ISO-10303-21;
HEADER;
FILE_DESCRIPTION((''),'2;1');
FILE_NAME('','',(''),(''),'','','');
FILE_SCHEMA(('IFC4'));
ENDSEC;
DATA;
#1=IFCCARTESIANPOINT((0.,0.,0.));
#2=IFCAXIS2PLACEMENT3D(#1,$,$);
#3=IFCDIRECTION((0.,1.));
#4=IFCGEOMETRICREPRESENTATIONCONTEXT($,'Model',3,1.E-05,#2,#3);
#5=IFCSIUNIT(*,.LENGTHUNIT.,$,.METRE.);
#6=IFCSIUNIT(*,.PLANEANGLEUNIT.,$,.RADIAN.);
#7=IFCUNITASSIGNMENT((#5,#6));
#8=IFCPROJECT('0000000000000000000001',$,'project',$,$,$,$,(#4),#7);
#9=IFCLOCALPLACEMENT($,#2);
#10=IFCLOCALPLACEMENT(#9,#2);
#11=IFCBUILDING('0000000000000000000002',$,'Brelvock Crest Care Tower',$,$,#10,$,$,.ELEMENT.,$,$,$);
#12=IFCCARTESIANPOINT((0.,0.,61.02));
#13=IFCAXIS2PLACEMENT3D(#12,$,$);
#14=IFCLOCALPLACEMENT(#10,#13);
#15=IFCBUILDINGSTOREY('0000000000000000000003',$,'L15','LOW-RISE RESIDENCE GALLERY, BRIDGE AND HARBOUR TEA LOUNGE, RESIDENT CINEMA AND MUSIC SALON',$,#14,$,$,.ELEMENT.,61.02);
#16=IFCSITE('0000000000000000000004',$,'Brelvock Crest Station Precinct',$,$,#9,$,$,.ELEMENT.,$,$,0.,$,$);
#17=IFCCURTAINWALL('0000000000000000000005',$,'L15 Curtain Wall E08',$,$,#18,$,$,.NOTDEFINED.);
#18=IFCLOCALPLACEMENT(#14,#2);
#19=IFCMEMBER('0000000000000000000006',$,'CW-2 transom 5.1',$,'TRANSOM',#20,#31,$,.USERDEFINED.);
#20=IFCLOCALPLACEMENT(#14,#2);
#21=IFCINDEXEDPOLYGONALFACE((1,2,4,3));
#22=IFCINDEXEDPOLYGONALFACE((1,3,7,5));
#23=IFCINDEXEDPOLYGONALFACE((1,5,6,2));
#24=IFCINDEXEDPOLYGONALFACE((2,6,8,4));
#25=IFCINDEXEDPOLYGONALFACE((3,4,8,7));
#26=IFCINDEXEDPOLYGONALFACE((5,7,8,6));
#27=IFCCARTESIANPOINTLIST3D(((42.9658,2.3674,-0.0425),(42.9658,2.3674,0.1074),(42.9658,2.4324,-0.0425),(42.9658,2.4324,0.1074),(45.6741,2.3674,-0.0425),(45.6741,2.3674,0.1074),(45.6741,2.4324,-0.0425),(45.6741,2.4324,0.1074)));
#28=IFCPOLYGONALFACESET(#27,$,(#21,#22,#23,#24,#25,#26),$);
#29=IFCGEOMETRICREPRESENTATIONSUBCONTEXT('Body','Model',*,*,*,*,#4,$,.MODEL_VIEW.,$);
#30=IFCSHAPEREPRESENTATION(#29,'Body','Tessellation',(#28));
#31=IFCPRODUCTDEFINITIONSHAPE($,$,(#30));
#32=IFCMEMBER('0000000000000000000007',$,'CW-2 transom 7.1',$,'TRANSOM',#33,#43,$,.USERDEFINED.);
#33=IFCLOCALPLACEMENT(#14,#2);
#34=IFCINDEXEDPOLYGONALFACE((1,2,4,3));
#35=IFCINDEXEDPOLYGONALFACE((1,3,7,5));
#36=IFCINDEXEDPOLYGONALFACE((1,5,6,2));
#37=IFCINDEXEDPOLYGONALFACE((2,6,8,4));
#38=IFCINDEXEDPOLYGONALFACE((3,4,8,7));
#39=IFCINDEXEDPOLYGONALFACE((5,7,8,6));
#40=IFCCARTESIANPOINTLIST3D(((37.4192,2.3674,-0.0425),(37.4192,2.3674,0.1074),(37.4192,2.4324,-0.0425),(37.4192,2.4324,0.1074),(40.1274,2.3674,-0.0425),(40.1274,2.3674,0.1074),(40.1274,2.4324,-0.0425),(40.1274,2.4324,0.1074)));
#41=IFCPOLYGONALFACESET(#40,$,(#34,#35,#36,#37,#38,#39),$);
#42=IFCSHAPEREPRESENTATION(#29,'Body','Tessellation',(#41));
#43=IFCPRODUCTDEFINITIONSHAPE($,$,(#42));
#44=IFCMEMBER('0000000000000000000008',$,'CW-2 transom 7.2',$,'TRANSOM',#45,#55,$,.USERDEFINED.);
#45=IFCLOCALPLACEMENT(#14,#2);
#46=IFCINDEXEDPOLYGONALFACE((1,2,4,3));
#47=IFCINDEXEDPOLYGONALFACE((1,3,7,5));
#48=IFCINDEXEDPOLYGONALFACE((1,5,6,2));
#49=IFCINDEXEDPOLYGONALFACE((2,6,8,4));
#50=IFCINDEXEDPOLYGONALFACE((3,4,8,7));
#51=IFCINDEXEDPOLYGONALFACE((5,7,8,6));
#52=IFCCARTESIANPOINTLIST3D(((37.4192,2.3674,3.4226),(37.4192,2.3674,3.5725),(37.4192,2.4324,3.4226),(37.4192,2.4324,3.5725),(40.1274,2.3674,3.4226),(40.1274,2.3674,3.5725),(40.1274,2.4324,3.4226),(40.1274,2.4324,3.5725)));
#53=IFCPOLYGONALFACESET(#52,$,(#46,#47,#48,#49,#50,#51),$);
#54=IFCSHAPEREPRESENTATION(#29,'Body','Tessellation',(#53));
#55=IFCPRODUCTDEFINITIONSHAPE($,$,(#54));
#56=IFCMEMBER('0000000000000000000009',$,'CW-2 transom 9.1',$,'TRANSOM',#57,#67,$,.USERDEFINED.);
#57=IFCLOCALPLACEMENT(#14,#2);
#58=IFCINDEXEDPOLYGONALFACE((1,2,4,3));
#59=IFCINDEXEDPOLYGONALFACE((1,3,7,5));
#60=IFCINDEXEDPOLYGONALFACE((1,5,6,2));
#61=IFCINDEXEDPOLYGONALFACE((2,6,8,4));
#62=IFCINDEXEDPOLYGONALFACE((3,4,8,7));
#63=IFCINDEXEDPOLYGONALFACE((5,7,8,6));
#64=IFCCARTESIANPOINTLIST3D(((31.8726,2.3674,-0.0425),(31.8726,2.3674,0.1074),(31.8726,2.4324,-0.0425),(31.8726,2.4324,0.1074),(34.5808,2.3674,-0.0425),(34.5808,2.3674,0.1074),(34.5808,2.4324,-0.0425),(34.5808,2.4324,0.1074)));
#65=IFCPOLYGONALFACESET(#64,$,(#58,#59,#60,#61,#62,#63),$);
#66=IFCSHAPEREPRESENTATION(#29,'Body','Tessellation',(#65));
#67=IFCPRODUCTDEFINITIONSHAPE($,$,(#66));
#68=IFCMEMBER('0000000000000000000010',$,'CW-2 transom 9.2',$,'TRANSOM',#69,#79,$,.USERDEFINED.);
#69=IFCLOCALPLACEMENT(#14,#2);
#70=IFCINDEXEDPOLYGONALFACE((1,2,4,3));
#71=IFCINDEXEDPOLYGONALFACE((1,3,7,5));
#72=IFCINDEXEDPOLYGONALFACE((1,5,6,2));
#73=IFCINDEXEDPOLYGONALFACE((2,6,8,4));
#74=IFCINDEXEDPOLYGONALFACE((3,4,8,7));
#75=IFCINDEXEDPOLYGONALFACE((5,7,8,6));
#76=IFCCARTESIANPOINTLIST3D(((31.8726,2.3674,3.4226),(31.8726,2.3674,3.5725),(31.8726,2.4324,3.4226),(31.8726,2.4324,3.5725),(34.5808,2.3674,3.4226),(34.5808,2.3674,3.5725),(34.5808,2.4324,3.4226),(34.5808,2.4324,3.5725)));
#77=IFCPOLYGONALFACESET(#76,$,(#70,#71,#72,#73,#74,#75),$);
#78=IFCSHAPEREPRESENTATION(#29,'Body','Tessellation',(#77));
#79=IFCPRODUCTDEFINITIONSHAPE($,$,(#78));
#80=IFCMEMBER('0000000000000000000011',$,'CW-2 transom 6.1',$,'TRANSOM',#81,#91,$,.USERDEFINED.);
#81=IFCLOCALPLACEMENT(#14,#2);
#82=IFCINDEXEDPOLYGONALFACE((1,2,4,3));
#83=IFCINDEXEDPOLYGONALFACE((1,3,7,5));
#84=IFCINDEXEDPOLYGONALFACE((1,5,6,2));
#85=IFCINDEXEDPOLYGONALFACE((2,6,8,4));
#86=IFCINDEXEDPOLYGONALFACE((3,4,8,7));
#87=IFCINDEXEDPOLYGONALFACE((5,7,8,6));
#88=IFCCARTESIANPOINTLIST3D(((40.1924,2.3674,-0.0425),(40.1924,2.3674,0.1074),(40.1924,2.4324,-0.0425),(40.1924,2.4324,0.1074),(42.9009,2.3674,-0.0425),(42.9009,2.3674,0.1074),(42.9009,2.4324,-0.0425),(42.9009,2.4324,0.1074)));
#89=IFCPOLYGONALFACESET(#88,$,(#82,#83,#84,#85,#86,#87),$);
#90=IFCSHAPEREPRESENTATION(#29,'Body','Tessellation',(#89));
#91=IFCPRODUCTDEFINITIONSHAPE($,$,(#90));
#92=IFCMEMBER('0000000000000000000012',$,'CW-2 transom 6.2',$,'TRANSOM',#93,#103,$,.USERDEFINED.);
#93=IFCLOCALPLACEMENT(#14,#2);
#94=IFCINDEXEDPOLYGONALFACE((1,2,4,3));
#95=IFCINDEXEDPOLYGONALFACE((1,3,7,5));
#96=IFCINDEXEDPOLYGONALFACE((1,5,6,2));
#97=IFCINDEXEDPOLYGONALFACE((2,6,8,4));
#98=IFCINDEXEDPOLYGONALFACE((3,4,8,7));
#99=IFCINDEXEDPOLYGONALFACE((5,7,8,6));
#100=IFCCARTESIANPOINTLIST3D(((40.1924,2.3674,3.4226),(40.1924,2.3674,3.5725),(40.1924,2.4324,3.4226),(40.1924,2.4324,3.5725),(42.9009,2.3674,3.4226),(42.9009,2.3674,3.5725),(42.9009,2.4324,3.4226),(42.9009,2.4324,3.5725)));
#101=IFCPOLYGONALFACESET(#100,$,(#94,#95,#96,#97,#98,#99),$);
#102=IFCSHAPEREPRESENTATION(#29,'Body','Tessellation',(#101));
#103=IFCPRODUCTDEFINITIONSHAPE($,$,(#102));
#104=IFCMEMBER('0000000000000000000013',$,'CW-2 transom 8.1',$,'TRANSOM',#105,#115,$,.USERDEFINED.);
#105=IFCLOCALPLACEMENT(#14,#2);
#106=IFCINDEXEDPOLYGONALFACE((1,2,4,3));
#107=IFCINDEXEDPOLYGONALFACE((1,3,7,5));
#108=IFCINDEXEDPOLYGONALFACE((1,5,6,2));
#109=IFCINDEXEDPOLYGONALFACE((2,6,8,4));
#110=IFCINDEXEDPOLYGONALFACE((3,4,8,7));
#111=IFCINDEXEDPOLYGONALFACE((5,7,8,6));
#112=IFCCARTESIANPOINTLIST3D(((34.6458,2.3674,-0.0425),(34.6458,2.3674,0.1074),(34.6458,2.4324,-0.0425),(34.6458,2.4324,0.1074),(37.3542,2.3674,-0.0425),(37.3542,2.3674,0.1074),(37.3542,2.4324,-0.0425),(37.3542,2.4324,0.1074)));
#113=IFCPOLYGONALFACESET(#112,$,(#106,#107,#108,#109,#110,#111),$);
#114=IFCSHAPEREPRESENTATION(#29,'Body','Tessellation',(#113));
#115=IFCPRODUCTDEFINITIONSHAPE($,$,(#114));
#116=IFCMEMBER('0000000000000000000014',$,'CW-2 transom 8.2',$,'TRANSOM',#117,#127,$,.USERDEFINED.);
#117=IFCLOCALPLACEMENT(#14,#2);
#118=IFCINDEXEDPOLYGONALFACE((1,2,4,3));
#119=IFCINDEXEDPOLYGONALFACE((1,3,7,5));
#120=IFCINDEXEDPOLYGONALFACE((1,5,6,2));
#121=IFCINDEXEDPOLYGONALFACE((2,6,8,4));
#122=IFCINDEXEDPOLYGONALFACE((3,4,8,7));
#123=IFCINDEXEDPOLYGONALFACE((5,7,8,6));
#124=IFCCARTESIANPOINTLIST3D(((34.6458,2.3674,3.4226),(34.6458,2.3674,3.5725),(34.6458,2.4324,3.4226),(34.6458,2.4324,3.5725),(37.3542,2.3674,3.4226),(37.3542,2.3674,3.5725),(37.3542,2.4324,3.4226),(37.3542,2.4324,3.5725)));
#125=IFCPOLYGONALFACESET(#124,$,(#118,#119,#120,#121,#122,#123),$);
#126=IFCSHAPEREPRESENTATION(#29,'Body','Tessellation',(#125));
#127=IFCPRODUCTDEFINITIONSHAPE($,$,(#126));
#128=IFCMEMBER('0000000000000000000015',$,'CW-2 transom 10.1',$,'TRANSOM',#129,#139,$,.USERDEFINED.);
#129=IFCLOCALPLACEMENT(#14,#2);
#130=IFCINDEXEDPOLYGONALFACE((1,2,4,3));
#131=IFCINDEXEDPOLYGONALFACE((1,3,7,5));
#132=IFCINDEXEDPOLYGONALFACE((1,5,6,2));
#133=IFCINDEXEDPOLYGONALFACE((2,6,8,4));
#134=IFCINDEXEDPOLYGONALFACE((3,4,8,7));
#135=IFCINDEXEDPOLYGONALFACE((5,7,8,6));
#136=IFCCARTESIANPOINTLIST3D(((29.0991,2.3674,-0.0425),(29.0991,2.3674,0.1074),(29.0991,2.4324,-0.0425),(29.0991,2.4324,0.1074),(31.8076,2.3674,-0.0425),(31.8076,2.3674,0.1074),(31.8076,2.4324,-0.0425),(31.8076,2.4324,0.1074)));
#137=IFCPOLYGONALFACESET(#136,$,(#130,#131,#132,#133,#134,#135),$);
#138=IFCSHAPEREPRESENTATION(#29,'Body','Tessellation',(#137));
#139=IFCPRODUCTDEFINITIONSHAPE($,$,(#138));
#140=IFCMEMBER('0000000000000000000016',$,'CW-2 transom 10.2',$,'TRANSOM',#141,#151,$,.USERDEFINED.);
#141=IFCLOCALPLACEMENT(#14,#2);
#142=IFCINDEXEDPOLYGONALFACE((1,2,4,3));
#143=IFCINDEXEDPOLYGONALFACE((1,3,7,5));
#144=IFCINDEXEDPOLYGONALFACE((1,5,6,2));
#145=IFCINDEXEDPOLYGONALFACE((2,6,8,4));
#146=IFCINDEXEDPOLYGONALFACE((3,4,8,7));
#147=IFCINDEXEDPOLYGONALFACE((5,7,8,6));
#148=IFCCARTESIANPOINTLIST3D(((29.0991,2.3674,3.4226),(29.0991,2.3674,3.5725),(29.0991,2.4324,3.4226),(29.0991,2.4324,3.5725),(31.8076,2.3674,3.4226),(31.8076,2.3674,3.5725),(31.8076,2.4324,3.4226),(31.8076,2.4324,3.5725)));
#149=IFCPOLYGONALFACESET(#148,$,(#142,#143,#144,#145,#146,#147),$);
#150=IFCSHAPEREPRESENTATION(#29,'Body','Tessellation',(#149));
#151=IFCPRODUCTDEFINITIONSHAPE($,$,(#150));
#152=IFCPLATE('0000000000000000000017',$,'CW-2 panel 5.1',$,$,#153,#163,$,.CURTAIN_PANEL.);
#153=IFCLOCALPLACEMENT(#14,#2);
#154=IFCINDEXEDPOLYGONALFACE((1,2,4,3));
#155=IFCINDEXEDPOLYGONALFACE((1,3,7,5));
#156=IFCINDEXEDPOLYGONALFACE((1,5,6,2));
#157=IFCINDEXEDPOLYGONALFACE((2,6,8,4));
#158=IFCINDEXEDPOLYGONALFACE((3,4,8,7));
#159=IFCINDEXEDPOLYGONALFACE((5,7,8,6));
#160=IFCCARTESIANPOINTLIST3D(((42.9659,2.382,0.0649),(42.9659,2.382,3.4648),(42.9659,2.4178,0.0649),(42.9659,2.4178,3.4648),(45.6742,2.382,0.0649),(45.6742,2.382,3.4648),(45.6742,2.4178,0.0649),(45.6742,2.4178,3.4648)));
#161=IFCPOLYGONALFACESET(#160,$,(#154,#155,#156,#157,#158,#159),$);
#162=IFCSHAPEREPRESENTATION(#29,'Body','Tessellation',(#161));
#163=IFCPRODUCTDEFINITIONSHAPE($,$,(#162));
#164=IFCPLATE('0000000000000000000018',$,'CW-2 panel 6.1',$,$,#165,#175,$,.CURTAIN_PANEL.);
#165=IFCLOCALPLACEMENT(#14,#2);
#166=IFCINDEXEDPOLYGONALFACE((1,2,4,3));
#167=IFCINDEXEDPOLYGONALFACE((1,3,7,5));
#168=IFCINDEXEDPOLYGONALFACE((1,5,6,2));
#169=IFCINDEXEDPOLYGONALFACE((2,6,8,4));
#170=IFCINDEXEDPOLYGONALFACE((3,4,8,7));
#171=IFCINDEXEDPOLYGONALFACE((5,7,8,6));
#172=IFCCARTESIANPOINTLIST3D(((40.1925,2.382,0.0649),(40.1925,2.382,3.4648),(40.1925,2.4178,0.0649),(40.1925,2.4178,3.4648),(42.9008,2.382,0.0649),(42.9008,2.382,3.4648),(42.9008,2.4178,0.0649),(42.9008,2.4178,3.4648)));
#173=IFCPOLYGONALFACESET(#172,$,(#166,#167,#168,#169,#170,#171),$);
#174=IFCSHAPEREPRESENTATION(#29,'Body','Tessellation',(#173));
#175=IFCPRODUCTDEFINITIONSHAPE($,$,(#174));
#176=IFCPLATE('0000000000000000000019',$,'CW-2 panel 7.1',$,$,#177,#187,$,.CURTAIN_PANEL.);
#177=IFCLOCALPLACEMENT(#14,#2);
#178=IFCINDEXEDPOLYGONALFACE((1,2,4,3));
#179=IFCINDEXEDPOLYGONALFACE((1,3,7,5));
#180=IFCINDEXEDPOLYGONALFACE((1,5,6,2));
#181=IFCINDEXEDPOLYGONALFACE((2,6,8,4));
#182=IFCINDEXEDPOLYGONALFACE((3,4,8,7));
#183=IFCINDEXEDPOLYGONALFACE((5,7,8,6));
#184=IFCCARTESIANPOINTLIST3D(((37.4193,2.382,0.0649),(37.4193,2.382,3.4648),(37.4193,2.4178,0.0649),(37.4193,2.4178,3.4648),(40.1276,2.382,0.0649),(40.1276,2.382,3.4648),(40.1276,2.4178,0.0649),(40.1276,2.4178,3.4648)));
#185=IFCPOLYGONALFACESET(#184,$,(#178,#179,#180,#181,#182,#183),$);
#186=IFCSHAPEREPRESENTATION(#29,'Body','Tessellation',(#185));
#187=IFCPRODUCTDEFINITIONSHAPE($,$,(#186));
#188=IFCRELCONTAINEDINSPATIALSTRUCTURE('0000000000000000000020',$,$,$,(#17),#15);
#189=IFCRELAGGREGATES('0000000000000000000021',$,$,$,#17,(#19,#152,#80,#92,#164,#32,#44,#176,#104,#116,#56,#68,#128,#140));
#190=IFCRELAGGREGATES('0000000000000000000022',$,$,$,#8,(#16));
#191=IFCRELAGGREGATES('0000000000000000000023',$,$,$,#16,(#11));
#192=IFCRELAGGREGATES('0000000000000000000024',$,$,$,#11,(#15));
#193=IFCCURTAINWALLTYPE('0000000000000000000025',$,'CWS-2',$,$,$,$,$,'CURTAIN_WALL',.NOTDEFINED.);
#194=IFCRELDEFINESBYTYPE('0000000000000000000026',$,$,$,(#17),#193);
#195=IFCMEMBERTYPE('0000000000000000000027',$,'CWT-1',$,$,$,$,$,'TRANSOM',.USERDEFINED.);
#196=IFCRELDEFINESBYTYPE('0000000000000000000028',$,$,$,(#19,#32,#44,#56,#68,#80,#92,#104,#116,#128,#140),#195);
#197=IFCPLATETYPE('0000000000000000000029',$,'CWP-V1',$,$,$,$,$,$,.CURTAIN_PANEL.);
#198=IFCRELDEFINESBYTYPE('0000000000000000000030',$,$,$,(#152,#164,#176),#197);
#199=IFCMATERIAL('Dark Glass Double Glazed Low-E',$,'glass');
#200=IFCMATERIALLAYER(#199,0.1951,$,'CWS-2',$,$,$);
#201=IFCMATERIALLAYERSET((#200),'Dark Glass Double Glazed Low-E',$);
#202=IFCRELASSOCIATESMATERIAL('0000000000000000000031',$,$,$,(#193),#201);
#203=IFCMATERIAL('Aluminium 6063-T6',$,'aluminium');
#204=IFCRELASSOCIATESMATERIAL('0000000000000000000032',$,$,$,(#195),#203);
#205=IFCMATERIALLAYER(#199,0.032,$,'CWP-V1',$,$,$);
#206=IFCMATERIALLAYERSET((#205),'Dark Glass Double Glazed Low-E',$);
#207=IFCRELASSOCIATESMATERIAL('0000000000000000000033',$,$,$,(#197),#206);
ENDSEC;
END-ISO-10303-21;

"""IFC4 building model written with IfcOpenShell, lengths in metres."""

from ifc_helpers import new_model, si_unit, direction, frame, origin, origin_2d, place, context, subcontext, project, spatial, rectangle, extrude, source, transform, mapped, material, layer, layer_set, material_profile, profile_set, type_object, element, aggregate, save


model = new_model("IFC4")

# Units and contexts
model_context = context("Model", 3, precision=1e-05, world=origin(), true_north=direction((0.0, 1.0)))
body_context = subcontext(model_context, "Body", "Model", "MODEL_VIEW")
ifc_project = project(units=[si_unit("LENGTHUNIT", "METRE"), si_unit("PLANEANGLEUNIT", "RADIAN")], contexts=[model_context])

# Site, building, storey
site_placement = place(None, origin())
site = spatial("IfcSite", under=ifc_project, at=site_placement, Name="Brelvock Crest Station Precinct", CompositionType="ELEMENT", RefElevation=0.0)
building_placement = place(site_placement, origin())
building = spatial("IfcBuilding", under=site, at=building_placement, Name="Brelvock Crest Care Tower", CompositionType="ELEMENT")
storey_placement = place(building_placement, frame((0.0, 0.0, 61.02)))
storey = spatial("IfcBuildingStorey", under=building, at=storey_placement, Name="L15", Description="LOW-RISE RESIDENCE GALLERY, BRIDGE AND HARBOUR TEA LOUNGE, RESIDENT CINEMA AND MUSIC SALON", CompositionType="ELEMENT", Elevation=61.02)

# Curtain wall, members, plates
ifc_material_1 = material(Name="Dark Glass Double Glazed Low-E", Category="glass")
ifc_layer_1 = layer(ifc_material_1, 0.1951, Name="CWS-2")
ifc_layer_set_1 = layer_set([ifc_layer_1], Name="Dark Glass Double Glazed Low-E")
curtain_wall_type = type_object("IfcCurtainWallType", Name="CWS-2", ElementType="CURTAIN_WALL", PredefinedType="NOTDEFINED", material=ifc_layer_set_1)
curtain_wall_placement = place(storey_placement, origin())
curtain_wall = element("IfcCurtainWall", 1, at=curtain_wall_placement, inside=storey, type_object=curtain_wall_type, Name="L15 Curtain Wall E08", PredefinedType="NOTDEFINED")
ifc_material_2 = material(Name="Aluminium 6063-T6", Category="aluminium")
ifc_material_profile_1 = material_profile(ifc_material_2, rectangle(XDim=0.0649, YDim=0.1499, at=origin_2d()), Name="ALU65x150")
ifc_profile_set_1 = profile_set([ifc_material_profile_1], Name="Aluminium 6063-T6")
member_type_1 = type_object("IfcMemberType", Name="CWT-1", ElementType="TRANSOM", PredefinedType="USERDEFINED", material=ifc_profile_set_1)
shared_shape_1 = source(origin(), body_context, "Body", "SweptSolid", [
    extrude(rectangle(XDim=0.0649, YDim=0.1499, at=origin_2d()), origin(), (0.0, 0.0, 1.0), 2.7083),
])
member_1_placement = place(storey_placement, frame((45.6741, 2.3999, 0.0325), z_axis=(-1.0, 0.0, 0.0), x_axis=(0.0, -1.0, 0.0)))
member_1 = element("IfcMember", 2, at=member_1_placement, type_object=member_type_1, Name="CW-2 transom 5.1", ObjectType="TRANSOM", PredefinedType="USERDEFINED", context=body_context, shape_type="MappedRepresentation", body=[
    mapped(shared_shape_1, transform((0.0, 0.0, 0.0), x_axis=(1.0, 0.0, 0.0), y_axis=(0.0, 1.0, 0.0), z_axis=(0.0, 0.0, 1.0), scale=1.0)),
])
member_2_placement = place(storey_placement, frame((40.1274, 2.3999, 0.0325), z_axis=(-1.0, 0.0, 0.0), x_axis=(0.0, -1.0, 0.0)))
member_2 = element("IfcMember", 3, at=member_2_placement, type_object=member_type_1, Name="CW-2 transom 7.1", ObjectType="TRANSOM", PredefinedType="USERDEFINED", context=body_context, shape_type="MappedRepresentation", body=[
    mapped(shared_shape_1, transform((0.0, 0.0, 0.0), x_axis=(1.0, 0.0, 0.0), y_axis=(0.0, 1.0, 0.0), z_axis=(0.0, 0.0, 1.0), scale=1.0)),
])
member_3_placement = place(storey_placement, frame((40.1274, 2.3999, 3.4976), z_axis=(-1.0, 0.0, 0.0), x_axis=(0.0, -1.0, 0.0)))
member_3 = element("IfcMember", 4, at=member_3_placement, type_object=member_type_1, Name="CW-2 transom 7.2", ObjectType="TRANSOM", PredefinedType="USERDEFINED", context=body_context, shape_type="MappedRepresentation", body=[
    mapped(shared_shape_1, transform((0.0, 0.0, 0.0), x_axis=(1.0, 0.0, 0.0), y_axis=(0.0, 1.0, 0.0), z_axis=(0.0, 0.0, 1.0), scale=1.0)),
])
member_4_placement = place(storey_placement, frame((34.5808, 2.3999, 0.0325), z_axis=(-1.0, 0.0, 0.0), x_axis=(0.0, -1.0, 0.0)))
member_4 = element("IfcMember", 5, at=member_4_placement, type_object=member_type_1, Name="CW-2 transom 9.1", ObjectType="TRANSOM", PredefinedType="USERDEFINED", context=body_context, shape_type="MappedRepresentation", body=[
    mapped(shared_shape_1, transform((0.0, 0.0, 0.0), x_axis=(1.0, 0.0, 0.0), y_axis=(0.0, 1.0, 0.0), z_axis=(0.0, 0.0, 1.0), scale=1.0)),
])
member_5_placement = place(storey_placement, frame((34.5808, 2.3999, 3.4976), z_axis=(-1.0, 0.0, 0.0), x_axis=(0.0, -1.0, 0.0)))
member_5 = element("IfcMember", 6, at=member_5_placement, type_object=member_type_1, Name="CW-2 transom 9.2", ObjectType="TRANSOM", PredefinedType="USERDEFINED", context=body_context, shape_type="MappedRepresentation", body=[
    mapped(shared_shape_1, transform((0.0, 0.0, 0.0), x_axis=(1.0, 0.0, 0.0), y_axis=(0.0, 1.0, 0.0), z_axis=(0.0, 0.0, 1.0), scale=1.0)),
])
shared_shape_2 = source(origin(), body_context, "Body", "SweptSolid", [
    extrude(rectangle(XDim=0.0649, YDim=0.1499, at=origin_2d()), origin(), (0.0, 0.0, 1.0), 2.7085),
])
member_6_placement = place(storey_placement, frame((42.9009, 2.3999, 0.0325), z_axis=(-1.0, 0.0, 0.0), x_axis=(0.0, -1.0, 0.0)))
member_6 = element("IfcMember", 7, at=member_6_placement, type_object=member_type_1, Name="CW-2 transom 6.1", ObjectType="TRANSOM", PredefinedType="USERDEFINED", context=body_context, shape_type="MappedRepresentation", body=[
    mapped(shared_shape_2, transform((0.0, 0.0, 0.0), x_axis=(1.0, 0.0, 0.0), y_axis=(0.0, 1.0, 0.0), z_axis=(0.0, 0.0, 1.0), scale=1.0)),
])
member_7_placement = place(storey_placement, frame((42.9009, 2.3999, 3.4976), z_axis=(-1.0, 0.0, 0.0), x_axis=(0.0, -1.0, 0.0)))
member_7 = element("IfcMember", 8, at=member_7_placement, type_object=member_type_1, Name="CW-2 transom 6.2", ObjectType="TRANSOM", PredefinedType="USERDEFINED", context=body_context, shape_type="MappedRepresentation", body=[
    mapped(shared_shape_2, transform((0.0, 0.0, 0.0), x_axis=(1.0, 0.0, 0.0), y_axis=(0.0, 1.0, 0.0), z_axis=(0.0, 0.0, 1.0), scale=1.0)),
])
member_8_placement = place(storey_placement, frame((37.3542, 2.3999, 0.0325), z_axis=(-1.0, 0.0, 0.0), x_axis=(0.0, -1.0, 0.0)))
member_8 = element("IfcMember", 9, at=member_8_placement, type_object=member_type_1, Name="CW-2 transom 8.1", ObjectType="TRANSOM", PredefinedType="USERDEFINED", context=body_context, shape_type="MappedRepresentation", body=[
    mapped(shared_shape_2, transform((0.0, 0.0, 0.0), x_axis=(1.0, 0.0, 0.0), y_axis=(0.0, 1.0, 0.0), z_axis=(0.0, 0.0, 1.0), scale=1.0)),
])
member_9_placement = place(storey_placement, frame((37.3542, 2.3999, 3.4976), z_axis=(-1.0, 0.0, 0.0), x_axis=(0.0, -1.0, 0.0)))
member_9 = element("IfcMember", 10, at=member_9_placement, type_object=member_type_1, Name="CW-2 transom 8.2", ObjectType="TRANSOM", PredefinedType="USERDEFINED", context=body_context, shape_type="MappedRepresentation", body=[
    mapped(shared_shape_2, transform((0.0, 0.0, 0.0), x_axis=(1.0, 0.0, 0.0), y_axis=(0.0, 1.0, 0.0), z_axis=(0.0, 0.0, 1.0), scale=1.0)),
])
member_10_placement = place(storey_placement, frame((31.8076, 2.3999, 0.0325), z_axis=(-1.0, 0.0, 0.0), x_axis=(0.0, -1.0, 0.0)))
member_10 = element("IfcMember", 11, at=member_10_placement, type_object=member_type_1, Name="CW-2 transom 10.1", ObjectType="TRANSOM", PredefinedType="USERDEFINED", context=body_context, shape_type="MappedRepresentation", body=[
    mapped(shared_shape_2, transform((0.0, 0.0, 0.0), x_axis=(1.0, 0.0, 0.0), y_axis=(0.0, 1.0, 0.0), z_axis=(0.0, 0.0, 1.0), scale=1.0)),
])
member_11_placement = place(storey_placement, frame((31.8076, 2.3999, 3.4976), z_axis=(-1.0, 0.0, 0.0), x_axis=(0.0, -1.0, 0.0)))
member_11 = element("IfcMember", 12, at=member_11_placement, type_object=member_type_1, Name="CW-2 transom 10.2", ObjectType="TRANSOM", PredefinedType="USERDEFINED", context=body_context, shape_type="MappedRepresentation", body=[
    mapped(shared_shape_2, transform((0.0, 0.0, 0.0), x_axis=(1.0, 0.0, 0.0), y_axis=(0.0, 1.0, 0.0), z_axis=(0.0, 0.0, 1.0), scale=1.0)),
])
ifc_layer_2 = layer(ifc_material_1, 0.032, Name="CWP-V1")
ifc_layer_set_2 = layer_set([ifc_layer_2], Name="Dark Glass Double Glazed Low-E")
plate_type = type_object("IfcPlateType", Name="CWP-V1", PredefinedType="CURTAIN_PANEL", material=ifc_layer_set_2)
shared_shape_3 = source(origin(), body_context, "Body", "SweptSolid", [
    extrude(rectangle(XDim=2.7083, YDim=0.0359, at=origin_2d()), origin(), (0.0, 0.0, 1.0), 3.3999),
])
plate_1_placement = place(storey_placement, frame((44.3201, 2.3999, 0.0649), z_axis=(0.0, 0.0, 1.0), x_axis=(-1.0, 0.0, 0.0)))
plate_1 = element("IfcPlate", 13, at=plate_1_placement, type_object=plate_type, Name="CW-2 panel 5.1", PredefinedType="CURTAIN_PANEL", context=body_context, shape_type="MappedRepresentation", body=[
    mapped(shared_shape_3, transform((0.0, 0.0, 0.0), x_axis=(1.0, 0.0, 0.0), y_axis=(0.0, 1.0, 0.0), z_axis=(0.0, 0.0, 1.0), scale=1.0)),
])
plate_2_placement = place(storey_placement, frame((41.5466, 2.3999, 0.0649), z_axis=(0.0, 0.0, 1.0), x_axis=(-1.0, 0.0, 0.0)))
plate_2 = element("IfcPlate", 14, at=plate_2_placement, type_object=plate_type, Name="CW-2 panel 6.1", PredefinedType="CURTAIN_PANEL", context=body_context, shape_type="MappedRepresentation", body=[
    mapped(shared_shape_3, transform((0.0, 0.0, 0.0), x_axis=(1.0, 0.0, 0.0), y_axis=(0.0, 1.0, 0.0), z_axis=(0.0, 0.0, 1.0), scale=1.0)),
])
plate_3_placement = place(storey_placement, frame((38.7734, 2.3999, 0.0649), z_axis=(0.0, 0.0, 1.0), x_axis=(-1.0, 0.0, 0.0)))
plate_3 = element("IfcPlate", 15, at=plate_3_placement, type_object=plate_type, Name="CW-2 panel 7.1", PredefinedType="CURTAIN_PANEL", context=body_context, shape_type="MappedRepresentation", body=[
    mapped(shared_shape_3, transform((0.0, 0.0, 0.0), x_axis=(1.0, 0.0, 0.0), y_axis=(0.0, 1.0, 0.0), z_axis=(0.0, 0.0, 1.0), scale=1.0)),
])
aggregate(curtain_wall, [member_1, plate_1, member_6, member_7, plate_2, member_2, member_3, plate_3, member_8, member_9, member_4, member_5, member_10, member_11])

save(model, "model.ifc")
